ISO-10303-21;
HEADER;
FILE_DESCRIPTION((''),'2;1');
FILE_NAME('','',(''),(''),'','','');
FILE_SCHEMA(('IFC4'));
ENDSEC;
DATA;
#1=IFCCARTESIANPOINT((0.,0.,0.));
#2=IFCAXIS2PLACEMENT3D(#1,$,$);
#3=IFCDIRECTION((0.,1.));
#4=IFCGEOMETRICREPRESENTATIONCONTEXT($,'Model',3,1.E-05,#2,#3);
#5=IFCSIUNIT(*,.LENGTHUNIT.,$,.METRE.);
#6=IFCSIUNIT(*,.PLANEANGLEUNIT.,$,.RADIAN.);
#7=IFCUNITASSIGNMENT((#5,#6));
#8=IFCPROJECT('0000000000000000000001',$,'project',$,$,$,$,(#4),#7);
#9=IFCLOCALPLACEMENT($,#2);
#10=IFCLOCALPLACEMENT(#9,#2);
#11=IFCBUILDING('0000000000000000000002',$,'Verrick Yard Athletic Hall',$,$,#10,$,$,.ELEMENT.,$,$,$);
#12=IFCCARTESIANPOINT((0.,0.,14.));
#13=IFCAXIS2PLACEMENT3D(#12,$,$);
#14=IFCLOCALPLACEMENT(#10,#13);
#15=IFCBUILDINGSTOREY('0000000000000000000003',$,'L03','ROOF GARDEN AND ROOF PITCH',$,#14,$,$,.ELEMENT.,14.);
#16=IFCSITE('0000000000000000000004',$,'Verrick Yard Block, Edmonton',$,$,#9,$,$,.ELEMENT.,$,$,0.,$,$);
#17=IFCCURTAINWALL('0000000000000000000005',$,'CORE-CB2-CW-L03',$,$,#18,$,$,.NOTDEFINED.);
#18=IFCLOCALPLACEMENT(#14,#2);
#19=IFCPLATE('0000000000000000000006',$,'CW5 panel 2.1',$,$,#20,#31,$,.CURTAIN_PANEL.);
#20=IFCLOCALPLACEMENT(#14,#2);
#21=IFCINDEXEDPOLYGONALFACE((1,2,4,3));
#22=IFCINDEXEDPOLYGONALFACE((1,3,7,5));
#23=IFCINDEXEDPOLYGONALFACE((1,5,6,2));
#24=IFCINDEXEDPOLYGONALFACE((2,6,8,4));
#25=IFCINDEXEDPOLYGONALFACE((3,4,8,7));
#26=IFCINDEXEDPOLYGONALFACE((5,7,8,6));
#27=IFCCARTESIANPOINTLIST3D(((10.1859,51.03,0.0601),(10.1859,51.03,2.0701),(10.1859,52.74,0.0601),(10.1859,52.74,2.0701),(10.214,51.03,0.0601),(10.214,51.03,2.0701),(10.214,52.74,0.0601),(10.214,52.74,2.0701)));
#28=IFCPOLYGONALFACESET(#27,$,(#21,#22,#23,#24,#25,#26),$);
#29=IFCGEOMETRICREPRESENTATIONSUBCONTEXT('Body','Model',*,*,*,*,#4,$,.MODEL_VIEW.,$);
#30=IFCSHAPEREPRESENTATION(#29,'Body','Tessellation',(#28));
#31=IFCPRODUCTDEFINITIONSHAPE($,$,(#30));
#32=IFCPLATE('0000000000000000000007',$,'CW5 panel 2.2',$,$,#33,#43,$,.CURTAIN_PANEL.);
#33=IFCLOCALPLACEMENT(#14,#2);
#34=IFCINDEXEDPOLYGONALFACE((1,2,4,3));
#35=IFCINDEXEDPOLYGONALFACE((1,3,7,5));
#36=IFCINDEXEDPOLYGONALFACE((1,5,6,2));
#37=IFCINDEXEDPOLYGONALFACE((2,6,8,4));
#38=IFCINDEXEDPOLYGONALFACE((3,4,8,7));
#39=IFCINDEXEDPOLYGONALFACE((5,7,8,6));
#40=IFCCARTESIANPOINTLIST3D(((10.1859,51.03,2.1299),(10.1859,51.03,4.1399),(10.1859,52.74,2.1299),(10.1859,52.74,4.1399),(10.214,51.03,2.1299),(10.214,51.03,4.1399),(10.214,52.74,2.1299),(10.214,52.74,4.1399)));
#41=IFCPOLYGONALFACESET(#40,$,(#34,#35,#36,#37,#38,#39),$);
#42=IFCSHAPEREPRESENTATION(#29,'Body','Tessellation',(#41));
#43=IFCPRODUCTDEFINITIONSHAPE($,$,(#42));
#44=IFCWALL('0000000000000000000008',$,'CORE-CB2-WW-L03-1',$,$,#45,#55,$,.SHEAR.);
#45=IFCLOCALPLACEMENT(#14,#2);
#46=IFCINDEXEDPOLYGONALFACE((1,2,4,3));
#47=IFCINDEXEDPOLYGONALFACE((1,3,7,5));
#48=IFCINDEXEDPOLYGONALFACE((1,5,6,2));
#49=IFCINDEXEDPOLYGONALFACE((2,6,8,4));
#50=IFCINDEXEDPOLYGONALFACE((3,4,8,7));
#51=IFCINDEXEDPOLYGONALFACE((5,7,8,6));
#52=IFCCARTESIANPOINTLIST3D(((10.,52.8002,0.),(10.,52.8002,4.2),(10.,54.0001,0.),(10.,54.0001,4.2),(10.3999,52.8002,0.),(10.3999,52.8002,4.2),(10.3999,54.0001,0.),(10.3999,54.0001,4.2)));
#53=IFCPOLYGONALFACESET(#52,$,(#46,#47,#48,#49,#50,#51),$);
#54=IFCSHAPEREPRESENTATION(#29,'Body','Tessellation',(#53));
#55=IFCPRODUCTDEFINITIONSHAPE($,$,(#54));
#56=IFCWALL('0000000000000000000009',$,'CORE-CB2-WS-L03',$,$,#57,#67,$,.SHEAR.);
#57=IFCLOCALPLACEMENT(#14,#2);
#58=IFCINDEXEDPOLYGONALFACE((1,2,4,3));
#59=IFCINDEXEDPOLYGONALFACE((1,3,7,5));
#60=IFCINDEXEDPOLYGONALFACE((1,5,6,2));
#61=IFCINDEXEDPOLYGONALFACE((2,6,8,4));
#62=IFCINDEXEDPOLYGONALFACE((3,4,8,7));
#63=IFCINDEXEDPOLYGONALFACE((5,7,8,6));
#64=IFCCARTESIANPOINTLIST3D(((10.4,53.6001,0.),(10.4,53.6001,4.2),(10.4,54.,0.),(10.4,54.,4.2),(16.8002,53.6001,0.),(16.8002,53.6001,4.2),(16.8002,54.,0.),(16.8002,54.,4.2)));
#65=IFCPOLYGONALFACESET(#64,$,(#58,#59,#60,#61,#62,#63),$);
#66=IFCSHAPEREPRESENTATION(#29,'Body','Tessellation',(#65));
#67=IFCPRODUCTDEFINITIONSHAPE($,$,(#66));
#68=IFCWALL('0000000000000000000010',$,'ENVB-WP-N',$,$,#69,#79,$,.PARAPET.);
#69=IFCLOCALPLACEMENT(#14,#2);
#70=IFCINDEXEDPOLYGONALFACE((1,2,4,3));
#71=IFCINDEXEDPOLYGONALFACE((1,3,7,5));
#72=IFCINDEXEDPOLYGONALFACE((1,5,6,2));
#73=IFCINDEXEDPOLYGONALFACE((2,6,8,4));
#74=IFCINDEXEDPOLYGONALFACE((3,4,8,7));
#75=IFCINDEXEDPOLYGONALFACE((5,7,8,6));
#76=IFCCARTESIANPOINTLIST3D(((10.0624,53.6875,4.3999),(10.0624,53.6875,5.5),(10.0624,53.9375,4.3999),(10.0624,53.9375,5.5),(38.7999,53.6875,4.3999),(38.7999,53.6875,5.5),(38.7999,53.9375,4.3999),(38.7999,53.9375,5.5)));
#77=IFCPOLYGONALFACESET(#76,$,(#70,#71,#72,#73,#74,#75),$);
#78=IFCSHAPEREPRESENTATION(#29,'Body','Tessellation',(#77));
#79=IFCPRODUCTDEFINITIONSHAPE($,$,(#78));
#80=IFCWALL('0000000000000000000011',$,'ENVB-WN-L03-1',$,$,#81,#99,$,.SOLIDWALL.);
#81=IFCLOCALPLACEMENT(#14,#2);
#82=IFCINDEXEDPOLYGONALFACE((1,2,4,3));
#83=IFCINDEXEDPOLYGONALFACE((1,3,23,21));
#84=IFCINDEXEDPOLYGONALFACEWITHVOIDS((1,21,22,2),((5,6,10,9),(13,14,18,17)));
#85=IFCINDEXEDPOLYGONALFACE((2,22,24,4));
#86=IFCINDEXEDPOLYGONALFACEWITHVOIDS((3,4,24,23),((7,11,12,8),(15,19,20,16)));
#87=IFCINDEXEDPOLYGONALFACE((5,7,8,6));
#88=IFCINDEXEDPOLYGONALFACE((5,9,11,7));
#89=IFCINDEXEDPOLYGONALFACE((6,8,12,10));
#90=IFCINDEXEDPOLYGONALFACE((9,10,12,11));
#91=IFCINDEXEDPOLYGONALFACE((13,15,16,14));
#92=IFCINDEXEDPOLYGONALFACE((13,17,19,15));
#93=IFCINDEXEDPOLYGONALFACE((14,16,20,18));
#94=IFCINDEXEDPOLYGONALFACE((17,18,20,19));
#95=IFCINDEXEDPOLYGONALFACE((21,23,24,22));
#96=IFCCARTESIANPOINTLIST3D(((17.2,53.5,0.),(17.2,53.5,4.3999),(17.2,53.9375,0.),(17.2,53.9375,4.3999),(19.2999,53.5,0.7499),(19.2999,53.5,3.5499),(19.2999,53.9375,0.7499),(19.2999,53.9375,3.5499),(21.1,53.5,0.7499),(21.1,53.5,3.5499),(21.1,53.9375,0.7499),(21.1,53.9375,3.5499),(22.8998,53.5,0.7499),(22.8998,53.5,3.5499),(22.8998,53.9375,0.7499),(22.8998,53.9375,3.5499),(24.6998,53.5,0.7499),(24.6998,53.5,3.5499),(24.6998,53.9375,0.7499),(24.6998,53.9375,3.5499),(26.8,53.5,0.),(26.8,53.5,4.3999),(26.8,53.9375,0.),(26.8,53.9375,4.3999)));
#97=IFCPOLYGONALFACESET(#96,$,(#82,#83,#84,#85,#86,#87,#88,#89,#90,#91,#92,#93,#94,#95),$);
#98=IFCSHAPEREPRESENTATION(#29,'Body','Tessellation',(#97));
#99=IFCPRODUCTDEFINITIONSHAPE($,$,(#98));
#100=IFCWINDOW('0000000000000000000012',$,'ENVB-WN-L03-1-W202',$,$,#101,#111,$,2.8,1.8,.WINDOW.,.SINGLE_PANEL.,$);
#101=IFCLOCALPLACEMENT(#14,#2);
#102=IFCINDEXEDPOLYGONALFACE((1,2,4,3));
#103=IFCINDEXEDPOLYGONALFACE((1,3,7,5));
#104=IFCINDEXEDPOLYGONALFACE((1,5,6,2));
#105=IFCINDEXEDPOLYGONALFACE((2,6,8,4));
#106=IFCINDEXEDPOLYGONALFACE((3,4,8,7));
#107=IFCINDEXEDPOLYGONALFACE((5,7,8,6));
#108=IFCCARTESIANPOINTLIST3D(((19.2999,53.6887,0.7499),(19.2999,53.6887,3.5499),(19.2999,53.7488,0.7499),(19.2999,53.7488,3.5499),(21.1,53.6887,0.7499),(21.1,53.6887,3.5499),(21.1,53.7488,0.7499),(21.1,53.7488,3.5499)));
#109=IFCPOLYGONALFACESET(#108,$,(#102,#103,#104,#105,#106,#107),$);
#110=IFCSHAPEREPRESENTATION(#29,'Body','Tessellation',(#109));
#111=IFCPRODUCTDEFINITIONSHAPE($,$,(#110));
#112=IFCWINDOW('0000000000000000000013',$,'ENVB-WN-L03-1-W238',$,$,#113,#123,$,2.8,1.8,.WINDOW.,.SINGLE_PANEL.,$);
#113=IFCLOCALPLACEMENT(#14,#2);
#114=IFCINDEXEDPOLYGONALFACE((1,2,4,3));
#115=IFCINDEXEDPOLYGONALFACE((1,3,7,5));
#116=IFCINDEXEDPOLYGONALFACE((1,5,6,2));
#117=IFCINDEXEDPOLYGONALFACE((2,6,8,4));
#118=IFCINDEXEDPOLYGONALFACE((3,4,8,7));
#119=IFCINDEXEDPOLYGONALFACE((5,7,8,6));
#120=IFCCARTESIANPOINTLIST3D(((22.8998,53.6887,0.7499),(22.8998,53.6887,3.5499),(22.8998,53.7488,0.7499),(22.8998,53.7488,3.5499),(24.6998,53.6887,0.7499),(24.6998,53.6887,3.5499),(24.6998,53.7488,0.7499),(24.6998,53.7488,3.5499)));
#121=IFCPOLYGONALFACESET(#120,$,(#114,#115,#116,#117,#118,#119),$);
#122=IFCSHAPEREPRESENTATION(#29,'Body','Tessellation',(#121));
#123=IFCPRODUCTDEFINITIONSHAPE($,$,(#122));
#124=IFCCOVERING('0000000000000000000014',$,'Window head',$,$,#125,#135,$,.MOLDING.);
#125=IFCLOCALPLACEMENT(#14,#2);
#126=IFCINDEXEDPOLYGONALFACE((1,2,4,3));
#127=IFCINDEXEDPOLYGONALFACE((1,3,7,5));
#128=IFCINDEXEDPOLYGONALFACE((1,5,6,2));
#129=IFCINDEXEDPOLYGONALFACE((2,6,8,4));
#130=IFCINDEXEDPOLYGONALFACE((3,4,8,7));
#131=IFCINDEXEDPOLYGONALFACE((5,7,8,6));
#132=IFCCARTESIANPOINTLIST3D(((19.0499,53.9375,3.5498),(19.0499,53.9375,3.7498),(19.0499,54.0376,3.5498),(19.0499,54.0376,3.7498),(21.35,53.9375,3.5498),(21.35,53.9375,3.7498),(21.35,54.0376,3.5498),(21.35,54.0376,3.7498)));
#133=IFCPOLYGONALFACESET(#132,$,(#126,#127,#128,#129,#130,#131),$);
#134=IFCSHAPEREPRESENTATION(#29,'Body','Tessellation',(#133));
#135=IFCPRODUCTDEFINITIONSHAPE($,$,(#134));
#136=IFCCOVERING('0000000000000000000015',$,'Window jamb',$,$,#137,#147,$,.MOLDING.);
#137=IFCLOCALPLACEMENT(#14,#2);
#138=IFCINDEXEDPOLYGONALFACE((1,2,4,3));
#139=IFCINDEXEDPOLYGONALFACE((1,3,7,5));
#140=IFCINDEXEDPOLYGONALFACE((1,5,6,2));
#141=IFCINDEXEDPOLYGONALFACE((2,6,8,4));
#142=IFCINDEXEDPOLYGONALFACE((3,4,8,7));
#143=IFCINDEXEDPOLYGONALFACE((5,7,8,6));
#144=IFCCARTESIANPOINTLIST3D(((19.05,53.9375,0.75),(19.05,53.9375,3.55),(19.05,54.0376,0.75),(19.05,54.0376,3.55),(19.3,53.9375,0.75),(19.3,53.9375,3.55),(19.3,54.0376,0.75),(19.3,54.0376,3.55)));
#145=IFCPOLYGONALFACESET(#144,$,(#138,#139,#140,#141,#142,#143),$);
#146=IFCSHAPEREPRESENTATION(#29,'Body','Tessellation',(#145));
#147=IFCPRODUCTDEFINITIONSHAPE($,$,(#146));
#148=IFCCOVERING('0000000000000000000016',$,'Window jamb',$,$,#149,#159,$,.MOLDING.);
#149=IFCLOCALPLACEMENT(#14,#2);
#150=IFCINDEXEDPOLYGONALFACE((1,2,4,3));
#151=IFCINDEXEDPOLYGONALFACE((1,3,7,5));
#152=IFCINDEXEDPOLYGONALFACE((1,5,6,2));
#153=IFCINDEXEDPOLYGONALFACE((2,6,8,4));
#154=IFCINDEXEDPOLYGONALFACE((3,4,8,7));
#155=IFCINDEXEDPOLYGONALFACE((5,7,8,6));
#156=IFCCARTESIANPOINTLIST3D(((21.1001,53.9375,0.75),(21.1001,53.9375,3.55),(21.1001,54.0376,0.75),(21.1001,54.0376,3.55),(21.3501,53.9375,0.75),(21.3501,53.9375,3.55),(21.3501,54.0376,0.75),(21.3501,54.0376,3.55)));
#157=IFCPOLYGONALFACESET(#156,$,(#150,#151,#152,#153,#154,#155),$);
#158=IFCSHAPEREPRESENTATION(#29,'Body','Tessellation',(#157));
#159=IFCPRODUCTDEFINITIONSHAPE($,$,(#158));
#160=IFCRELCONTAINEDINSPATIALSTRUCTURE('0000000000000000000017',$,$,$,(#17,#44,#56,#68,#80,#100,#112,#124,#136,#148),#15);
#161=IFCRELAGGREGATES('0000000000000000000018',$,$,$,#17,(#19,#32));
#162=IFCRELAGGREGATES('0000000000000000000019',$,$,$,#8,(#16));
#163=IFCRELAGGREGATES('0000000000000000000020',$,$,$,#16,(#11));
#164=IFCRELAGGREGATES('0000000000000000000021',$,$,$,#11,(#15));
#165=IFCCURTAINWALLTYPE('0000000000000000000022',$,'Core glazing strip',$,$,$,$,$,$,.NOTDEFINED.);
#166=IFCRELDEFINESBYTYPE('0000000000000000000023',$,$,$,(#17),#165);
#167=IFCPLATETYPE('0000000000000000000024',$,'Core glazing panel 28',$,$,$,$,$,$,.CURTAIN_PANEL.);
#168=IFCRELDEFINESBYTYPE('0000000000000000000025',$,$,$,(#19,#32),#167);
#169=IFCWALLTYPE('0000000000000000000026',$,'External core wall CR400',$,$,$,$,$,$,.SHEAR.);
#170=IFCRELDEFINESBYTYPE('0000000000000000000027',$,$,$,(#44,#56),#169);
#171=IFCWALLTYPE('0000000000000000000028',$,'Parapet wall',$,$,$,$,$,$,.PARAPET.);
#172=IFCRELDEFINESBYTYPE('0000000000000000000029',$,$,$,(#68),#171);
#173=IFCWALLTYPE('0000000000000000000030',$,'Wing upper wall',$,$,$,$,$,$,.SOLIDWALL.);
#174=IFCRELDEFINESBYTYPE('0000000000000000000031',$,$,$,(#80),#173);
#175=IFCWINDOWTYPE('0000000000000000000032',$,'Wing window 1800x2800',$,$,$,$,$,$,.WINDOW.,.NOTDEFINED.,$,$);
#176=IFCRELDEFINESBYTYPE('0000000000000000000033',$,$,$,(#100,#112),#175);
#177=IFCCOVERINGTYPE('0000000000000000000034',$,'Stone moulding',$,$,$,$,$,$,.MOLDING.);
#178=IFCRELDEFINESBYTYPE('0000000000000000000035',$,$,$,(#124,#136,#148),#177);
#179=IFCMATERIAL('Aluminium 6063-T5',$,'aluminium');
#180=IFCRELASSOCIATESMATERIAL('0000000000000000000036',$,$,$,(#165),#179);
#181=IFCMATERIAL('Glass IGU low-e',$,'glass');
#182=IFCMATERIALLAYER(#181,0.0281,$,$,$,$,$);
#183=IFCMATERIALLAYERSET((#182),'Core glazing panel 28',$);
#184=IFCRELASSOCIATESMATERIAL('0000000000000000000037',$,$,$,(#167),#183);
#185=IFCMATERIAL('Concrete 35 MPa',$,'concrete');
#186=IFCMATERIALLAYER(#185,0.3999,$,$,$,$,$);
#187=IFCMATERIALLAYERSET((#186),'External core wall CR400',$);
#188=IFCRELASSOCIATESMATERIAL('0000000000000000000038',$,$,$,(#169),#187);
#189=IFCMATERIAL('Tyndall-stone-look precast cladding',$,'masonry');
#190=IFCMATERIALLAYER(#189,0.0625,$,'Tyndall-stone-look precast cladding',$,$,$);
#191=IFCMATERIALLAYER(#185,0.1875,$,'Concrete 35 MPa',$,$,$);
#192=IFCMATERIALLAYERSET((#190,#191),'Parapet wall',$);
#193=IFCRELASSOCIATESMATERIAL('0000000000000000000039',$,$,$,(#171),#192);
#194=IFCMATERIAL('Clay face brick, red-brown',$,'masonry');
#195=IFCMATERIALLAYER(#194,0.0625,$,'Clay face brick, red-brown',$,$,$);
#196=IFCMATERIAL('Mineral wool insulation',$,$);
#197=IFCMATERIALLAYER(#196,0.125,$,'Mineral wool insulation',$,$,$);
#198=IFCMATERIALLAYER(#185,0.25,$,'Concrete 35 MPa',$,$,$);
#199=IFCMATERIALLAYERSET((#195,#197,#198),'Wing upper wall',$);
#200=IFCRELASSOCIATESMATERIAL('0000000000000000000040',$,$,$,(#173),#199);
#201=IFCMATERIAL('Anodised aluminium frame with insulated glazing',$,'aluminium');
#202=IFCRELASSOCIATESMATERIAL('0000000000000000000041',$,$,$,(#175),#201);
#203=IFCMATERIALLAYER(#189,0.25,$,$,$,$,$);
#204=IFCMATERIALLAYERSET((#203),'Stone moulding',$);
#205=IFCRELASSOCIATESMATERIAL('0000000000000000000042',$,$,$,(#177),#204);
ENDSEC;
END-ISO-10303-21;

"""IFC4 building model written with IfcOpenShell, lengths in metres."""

from ifc_helpers import new_model, si_unit, direction, frame, frame_2d, origin, origin_2d, place, context, subcontext, project, spatial, rectangle, extrude, material, layer, layer_set, type_object, element, fill, aggregate, save


model = new_model("IFC4")

# Units and contexts
model_context = context("Model", 3, precision=1e-05, world=origin(), true_north=direction((0.0, 1.0)))
body_context = subcontext(model_context, "Body", "Model", "MODEL_VIEW")
ifc_project = project(units=[si_unit("LENGTHUNIT", "METRE"), si_unit("PLANEANGLEUNIT", "RADIAN")], contexts=[model_context])

# Site, building, storey
site_placement = place(None, origin())
site = spatial("IfcSite", under=ifc_project, at=site_placement, Name="Verrick Yard Block, Edmonton", CompositionType="ELEMENT", RefElevation=0.0)
building_placement = place(site_placement, origin())
building = spatial("IfcBuilding", under=site, at=building_placement, Name="Verrick Yard Athletic Hall", CompositionType="ELEMENT")
storey_placement = place(building_placement, frame((0.0, 0.0, 14.0)))
storey = spatial("IfcBuildingStorey", under=building, at=storey_placement, Name="L03", Description="ROOF GARDEN AND ROOF PITCH", CompositionType="ELEMENT", Elevation=14.0)

# Curtain wall
ifc_material_1 = material(Name="Aluminium 6063-T5", Category="aluminium")
curtain_wall_type_1 = type_object("IfcCurtainWallType", Name="Core glazing strip", PredefinedType="NOTDEFINED", material=ifc_material_1)
curtain_wall_1_placement = place(storey_placement, origin())
curtain_wall_1 = element("IfcCurtainWall", 1, at=curtain_wall_1_placement, inside=storey, type_object=curtain_wall_type_1, Name="CORE-CB2-CW-L03", PredefinedType="NOTDEFINED")

# Plates
ifc_material_2 = material(Name="Glass IGU low-e", Category="glass")
ifc_layer_1 = layer(ifc_material_2, 0.0281)
ifc_layer_set_1 = layer_set([ifc_layer_1], Name="Core glazing panel 28")
plate_type = type_object("IfcPlateType", Name="Core glazing panel 28", PredefinedType="CURTAIN_PANEL", material=ifc_layer_set_1)
plate_1_placement = place(storey_placement, frame((10.2, 51.885, 0.0601), z_axis=(0.0, 0.0, 1.0), x_axis=(0.0, 1.0, 0.0)))
plate_1 = element("IfcPlate", 2, at=plate_1_placement, type_object=plate_type, Name="CW5 panel 2.1", PredefinedType="CURTAIN_PANEL", context=body_context, shape_type="SweptSolid", body=[
    extrude(rectangle(XDim=1.71, YDim=0.0281, at=origin_2d()), origin(), (0.0, 0.0, 1.0), 2.01),
])
plate_2_placement = place(storey_placement, frame((10.2, 51.885, 2.1299), z_axis=(0.0, 0.0, 1.0), x_axis=(0.0, 1.0, 0.0)))
plate_2 = element("IfcPlate", 3, at=plate_2_placement, type_object=plate_type, Name="CW5 panel 2.2", PredefinedType="CURTAIN_PANEL", context=body_context, shape_type="SweptSolid", body=[
    extrude(rectangle(XDim=1.71, YDim=0.0281, at=origin_2d()), origin(), (0.0, 0.0, 1.0), 2.01),
])
aggregate(curtain_wall_1, [plate_1, plate_2])

# Walls
ifc_material_3 = material(Name="Concrete 35 MPa", Category="concrete")
ifc_layer_2 = layer(ifc_material_3, 0.3999)
ifc_layer_set_2 = layer_set([ifc_layer_2], Name="External core wall CR400")
wall_type_1 = type_object("IfcWallType", Name="External core wall CR400", PredefinedType="SHEAR", material=ifc_layer_set_2)
wall_1_placement = place(storey_placement, frame((10.2, 52.8, 0.0), z_axis=(0.0, 0.0, 1.0), x_axis=(0.0, 1.0, 0.0)))
element("IfcWall", 4, at=wall_1_placement, inside=storey, type_object=wall_type_1, Name="CORE-CB2-WW-L03-1", PredefinedType="SHEAR", context=body_context, shape_type="SweptSolid", body=[
    extrude(rectangle(XDim=1.2, YDim=0.3999, at=frame_2d((0.6001, 0.0))), origin(), (0.0, 0.0, 1.0), 4.2),
])
wall_2_placement = place(storey_placement, frame((10.3999, 53.8, 0.0), z_axis=(0.0, 0.0, 1.0), x_axis=(1.0, 0.0, 0.0)))
element("IfcWall", 5, at=wall_2_placement, inside=storey, type_object=wall_type_1, Name="CORE-CB2-WS-L03", PredefinedType="SHEAR", context=body_context, shape_type="SweptSolid", body=[
    extrude(rectangle(XDim=6.4001, YDim=0.3999, at=frame_2d((3.2002, 0.0))), origin(), (0.0, 0.0, 1.0), 4.2),
])
ifc_material_4 = material(Name="Tyndall-stone-look precast cladding", Category="masonry")
ifc_layer_3 = layer(ifc_material_4, 0.0625, Name="Tyndall-stone-look precast cladding")
ifc_layer_4 = layer(ifc_material_3, 0.1875, Name="Concrete 35 MPa")
ifc_layer_set_3 = layer_set([ifc_layer_3, ifc_layer_4], Name="Parapet wall")
wall_type_2 = type_object("IfcWallType", Name="Parapet wall", PredefinedType="PARAPET", material=ifc_layer_set_3)
wall_3_placement = place(storey_placement, frame((10.0625, 53.8125, 4.3999), z_axis=(0.0, 0.0, 1.0), x_axis=(1.0, 0.0, 0.0)))
element("IfcWall", 6, at=wall_3_placement, inside=storey, type_object=wall_type_2, Name="ENVB-WP-N", PredefinedType="PARAPET", context=body_context, shape_type="SweptSolid", body=[
    extrude(rectangle(XDim=28.7375, YDim=0.25, at=frame_2d((14.3687, 0.0))), origin(), (0.0, 0.0, 1.0), 1.1001),
])

# Wall, openings, windows
ifc_material_5 = material(Name="Clay face brick, red-brown", Category="masonry")
ifc_layer_5 = layer(ifc_material_5, 0.0625, Name="Clay face brick, red-brown")
ifc_material_6 = material(Name="Mineral wool insulation")
ifc_layer_6 = layer(ifc_material_6, 0.125, Name="Mineral wool insulation")
ifc_layer_7 = layer(ifc_material_3, 0.25, Name="Concrete 35 MPa")
ifc_layer_set_4 = layer_set([ifc_layer_5, ifc_layer_6, ifc_layer_7], Name="Wing upper wall")
wall_type_3 = type_object("IfcWallType", Name="Wing upper wall", PredefinedType="SOLIDWALL", material=ifc_layer_set_4)
wall_4_placement = place(storey_placement, frame((17.2, 53.7188, 0.0), z_axis=(0.0, 0.0, 1.0), x_axis=(1.0, 0.0, 0.0)))
wall_4 = element("IfcWall", 7, at=wall_4_placement, inside=storey, type_object=wall_type_3, Name="ENVB-WN-L03-1", PredefinedType="SOLIDWALL", context=body_context, shape_type="SweptSolid", body=[
    extrude(rectangle(XDim=9.6001, YDim=0.4375, at=frame_2d((4.8, 0.0))), origin(), (0.0, 0.0, 1.0), 4.3999),
])
opening_1_placement = place(wall_4_placement, frame((2.1001, 0.0, 0.75)))
opening_1 = element("IfcOpeningElement", 8, at=opening_1_placement, cuts=wall_4, PredefinedType="OPENING", context=body_context, shape_type="SweptSolid", body=[
    extrude(rectangle(XDim=1.8, YDim=2.8, at=frame_2d((0.8999, 1.3999))), frame((0.0, 0.2288, 0.0), z_axis=(0.0, -1.0, 0.0), x_axis=(1.0, 0.0, 0.0)), (0.0, 0.0, 1.0), 0.4575),
])
opening_2_placement = place(wall_4_placement, frame((5.7, 0.0, 0.75)))
opening_2 = element("IfcOpeningElement", 9, at=opening_2_placement, cuts=wall_4, PredefinedType="OPENING", context=body_context, shape_type="SweptSolid", body=[
    extrude(rectangle(XDim=1.8, YDim=2.8, at=frame_2d((0.8999, 1.3999))), frame((0.0, 0.2288, 0.0), z_axis=(0.0, -1.0, 0.0), x_axis=(1.0, 0.0, 0.0)), (0.0, 0.0, 1.0), 0.4575),
])
ifc_material_7 = material(Name="Anodised aluminium frame with insulated glazing", Category="aluminium")
window_type = type_object("IfcWindowType", Name="Wing window 1800x2800", PartitioningType="NOTDEFINED", PredefinedType="WINDOW", material=ifc_material_7)
window_1_placement = place(opening_1_placement, origin())
window_1 = element("IfcWindow", 10, at=window_1_placement, inside=storey, type_object=window_type, Name="ENVB-WN-L03-1-W202", OverallHeight=2.8, OverallWidth=1.8, PartitioningType="SINGLE_PANEL", PredefinedType="WINDOW", context=body_context, shape_type="SweptSolid", body=[
    extrude(rectangle(XDim=1.8, YDim=2.8, at=frame_2d((0.8999, 1.3999))), frame((0.0, 0.03, 0.0), z_axis=(0.0, -1.0, 0.0), x_axis=(1.0, 0.0, 0.0)), (0.0, 0.0, 1.0), 0.0601),
])
fill(opening_1, window_1)
window_2_placement = place(opening_2_placement, origin())
window_2 = element("IfcWindow", 11, at=window_2_placement, inside=storey, type_object=window_type, Name="ENVB-WN-L03-1-W238", OverallHeight=2.8, OverallWidth=1.8, PartitioningType="SINGLE_PANEL", PredefinedType="WINDOW", context=body_context, shape_type="SweptSolid", body=[
    extrude(rectangle(XDim=1.8, YDim=2.8, at=frame_2d((0.8999, 1.3999))), frame((0.0, 0.03, 0.0), z_axis=(0.0, -1.0, 0.0), x_axis=(1.0, 0.0, 0.0)), (0.0, 0.0, 1.0), 0.0601),
])
fill(opening_2, window_2)

# Coverings
ifc_layer_8 = layer(ifc_material_4, 0.25)
ifc_layer_set_5 = layer_set([ifc_layer_8], Name="Stone moulding")
covering_type = type_object("IfcCoveringType", Name="Stone moulding", PredefinedType="MOLDING", material=ifc_layer_set_5)
covering_placement = place(storey_placement, frame((20.2, 53.9875, 3.5498), z_axis=(0.0, 0.0, 1.0), x_axis=(1.0, 0.0, 0.0)))
element("IfcCovering", 12, at=covering_placement, inside=storey, type_object=covering_type, Name="Window head", PredefinedType="MOLDING", context=body_context, shape_type="SweptSolid", body=[
    extrude(rectangle(XDim=2.3, YDim=0.1001, at=origin_2d()), origin(), (0.0, 0.0, 1.0), 0.2),
])
for number, where, z_axis, x_axis, name in (
    (13, (19.175, 53.9875, 0.75), (0.0, 0.0, 1.0), (1.0, 0.0, 0.0), "Window jamb"),
    (14, (21.2251, 53.9875, 0.75), (0.0, 0.0, 1.0), (1.0, 0.0, 0.0), "Window jamb"),
):
    element("IfcCovering", number, at=place(storey_placement, frame(where, z_axis=z_axis, x_axis=x_axis)), inside=storey, type_object=covering_type, Name=name, PredefinedType="MOLDING", context=body_context, shape_type="SweptSolid", body=[
        extrude(rectangle(XDim=0.25, YDim=0.1001, at=origin_2d()), origin(), (0.0, 0.0, 1.0), 2.8),
    ])

save(model, "model.ifc")
